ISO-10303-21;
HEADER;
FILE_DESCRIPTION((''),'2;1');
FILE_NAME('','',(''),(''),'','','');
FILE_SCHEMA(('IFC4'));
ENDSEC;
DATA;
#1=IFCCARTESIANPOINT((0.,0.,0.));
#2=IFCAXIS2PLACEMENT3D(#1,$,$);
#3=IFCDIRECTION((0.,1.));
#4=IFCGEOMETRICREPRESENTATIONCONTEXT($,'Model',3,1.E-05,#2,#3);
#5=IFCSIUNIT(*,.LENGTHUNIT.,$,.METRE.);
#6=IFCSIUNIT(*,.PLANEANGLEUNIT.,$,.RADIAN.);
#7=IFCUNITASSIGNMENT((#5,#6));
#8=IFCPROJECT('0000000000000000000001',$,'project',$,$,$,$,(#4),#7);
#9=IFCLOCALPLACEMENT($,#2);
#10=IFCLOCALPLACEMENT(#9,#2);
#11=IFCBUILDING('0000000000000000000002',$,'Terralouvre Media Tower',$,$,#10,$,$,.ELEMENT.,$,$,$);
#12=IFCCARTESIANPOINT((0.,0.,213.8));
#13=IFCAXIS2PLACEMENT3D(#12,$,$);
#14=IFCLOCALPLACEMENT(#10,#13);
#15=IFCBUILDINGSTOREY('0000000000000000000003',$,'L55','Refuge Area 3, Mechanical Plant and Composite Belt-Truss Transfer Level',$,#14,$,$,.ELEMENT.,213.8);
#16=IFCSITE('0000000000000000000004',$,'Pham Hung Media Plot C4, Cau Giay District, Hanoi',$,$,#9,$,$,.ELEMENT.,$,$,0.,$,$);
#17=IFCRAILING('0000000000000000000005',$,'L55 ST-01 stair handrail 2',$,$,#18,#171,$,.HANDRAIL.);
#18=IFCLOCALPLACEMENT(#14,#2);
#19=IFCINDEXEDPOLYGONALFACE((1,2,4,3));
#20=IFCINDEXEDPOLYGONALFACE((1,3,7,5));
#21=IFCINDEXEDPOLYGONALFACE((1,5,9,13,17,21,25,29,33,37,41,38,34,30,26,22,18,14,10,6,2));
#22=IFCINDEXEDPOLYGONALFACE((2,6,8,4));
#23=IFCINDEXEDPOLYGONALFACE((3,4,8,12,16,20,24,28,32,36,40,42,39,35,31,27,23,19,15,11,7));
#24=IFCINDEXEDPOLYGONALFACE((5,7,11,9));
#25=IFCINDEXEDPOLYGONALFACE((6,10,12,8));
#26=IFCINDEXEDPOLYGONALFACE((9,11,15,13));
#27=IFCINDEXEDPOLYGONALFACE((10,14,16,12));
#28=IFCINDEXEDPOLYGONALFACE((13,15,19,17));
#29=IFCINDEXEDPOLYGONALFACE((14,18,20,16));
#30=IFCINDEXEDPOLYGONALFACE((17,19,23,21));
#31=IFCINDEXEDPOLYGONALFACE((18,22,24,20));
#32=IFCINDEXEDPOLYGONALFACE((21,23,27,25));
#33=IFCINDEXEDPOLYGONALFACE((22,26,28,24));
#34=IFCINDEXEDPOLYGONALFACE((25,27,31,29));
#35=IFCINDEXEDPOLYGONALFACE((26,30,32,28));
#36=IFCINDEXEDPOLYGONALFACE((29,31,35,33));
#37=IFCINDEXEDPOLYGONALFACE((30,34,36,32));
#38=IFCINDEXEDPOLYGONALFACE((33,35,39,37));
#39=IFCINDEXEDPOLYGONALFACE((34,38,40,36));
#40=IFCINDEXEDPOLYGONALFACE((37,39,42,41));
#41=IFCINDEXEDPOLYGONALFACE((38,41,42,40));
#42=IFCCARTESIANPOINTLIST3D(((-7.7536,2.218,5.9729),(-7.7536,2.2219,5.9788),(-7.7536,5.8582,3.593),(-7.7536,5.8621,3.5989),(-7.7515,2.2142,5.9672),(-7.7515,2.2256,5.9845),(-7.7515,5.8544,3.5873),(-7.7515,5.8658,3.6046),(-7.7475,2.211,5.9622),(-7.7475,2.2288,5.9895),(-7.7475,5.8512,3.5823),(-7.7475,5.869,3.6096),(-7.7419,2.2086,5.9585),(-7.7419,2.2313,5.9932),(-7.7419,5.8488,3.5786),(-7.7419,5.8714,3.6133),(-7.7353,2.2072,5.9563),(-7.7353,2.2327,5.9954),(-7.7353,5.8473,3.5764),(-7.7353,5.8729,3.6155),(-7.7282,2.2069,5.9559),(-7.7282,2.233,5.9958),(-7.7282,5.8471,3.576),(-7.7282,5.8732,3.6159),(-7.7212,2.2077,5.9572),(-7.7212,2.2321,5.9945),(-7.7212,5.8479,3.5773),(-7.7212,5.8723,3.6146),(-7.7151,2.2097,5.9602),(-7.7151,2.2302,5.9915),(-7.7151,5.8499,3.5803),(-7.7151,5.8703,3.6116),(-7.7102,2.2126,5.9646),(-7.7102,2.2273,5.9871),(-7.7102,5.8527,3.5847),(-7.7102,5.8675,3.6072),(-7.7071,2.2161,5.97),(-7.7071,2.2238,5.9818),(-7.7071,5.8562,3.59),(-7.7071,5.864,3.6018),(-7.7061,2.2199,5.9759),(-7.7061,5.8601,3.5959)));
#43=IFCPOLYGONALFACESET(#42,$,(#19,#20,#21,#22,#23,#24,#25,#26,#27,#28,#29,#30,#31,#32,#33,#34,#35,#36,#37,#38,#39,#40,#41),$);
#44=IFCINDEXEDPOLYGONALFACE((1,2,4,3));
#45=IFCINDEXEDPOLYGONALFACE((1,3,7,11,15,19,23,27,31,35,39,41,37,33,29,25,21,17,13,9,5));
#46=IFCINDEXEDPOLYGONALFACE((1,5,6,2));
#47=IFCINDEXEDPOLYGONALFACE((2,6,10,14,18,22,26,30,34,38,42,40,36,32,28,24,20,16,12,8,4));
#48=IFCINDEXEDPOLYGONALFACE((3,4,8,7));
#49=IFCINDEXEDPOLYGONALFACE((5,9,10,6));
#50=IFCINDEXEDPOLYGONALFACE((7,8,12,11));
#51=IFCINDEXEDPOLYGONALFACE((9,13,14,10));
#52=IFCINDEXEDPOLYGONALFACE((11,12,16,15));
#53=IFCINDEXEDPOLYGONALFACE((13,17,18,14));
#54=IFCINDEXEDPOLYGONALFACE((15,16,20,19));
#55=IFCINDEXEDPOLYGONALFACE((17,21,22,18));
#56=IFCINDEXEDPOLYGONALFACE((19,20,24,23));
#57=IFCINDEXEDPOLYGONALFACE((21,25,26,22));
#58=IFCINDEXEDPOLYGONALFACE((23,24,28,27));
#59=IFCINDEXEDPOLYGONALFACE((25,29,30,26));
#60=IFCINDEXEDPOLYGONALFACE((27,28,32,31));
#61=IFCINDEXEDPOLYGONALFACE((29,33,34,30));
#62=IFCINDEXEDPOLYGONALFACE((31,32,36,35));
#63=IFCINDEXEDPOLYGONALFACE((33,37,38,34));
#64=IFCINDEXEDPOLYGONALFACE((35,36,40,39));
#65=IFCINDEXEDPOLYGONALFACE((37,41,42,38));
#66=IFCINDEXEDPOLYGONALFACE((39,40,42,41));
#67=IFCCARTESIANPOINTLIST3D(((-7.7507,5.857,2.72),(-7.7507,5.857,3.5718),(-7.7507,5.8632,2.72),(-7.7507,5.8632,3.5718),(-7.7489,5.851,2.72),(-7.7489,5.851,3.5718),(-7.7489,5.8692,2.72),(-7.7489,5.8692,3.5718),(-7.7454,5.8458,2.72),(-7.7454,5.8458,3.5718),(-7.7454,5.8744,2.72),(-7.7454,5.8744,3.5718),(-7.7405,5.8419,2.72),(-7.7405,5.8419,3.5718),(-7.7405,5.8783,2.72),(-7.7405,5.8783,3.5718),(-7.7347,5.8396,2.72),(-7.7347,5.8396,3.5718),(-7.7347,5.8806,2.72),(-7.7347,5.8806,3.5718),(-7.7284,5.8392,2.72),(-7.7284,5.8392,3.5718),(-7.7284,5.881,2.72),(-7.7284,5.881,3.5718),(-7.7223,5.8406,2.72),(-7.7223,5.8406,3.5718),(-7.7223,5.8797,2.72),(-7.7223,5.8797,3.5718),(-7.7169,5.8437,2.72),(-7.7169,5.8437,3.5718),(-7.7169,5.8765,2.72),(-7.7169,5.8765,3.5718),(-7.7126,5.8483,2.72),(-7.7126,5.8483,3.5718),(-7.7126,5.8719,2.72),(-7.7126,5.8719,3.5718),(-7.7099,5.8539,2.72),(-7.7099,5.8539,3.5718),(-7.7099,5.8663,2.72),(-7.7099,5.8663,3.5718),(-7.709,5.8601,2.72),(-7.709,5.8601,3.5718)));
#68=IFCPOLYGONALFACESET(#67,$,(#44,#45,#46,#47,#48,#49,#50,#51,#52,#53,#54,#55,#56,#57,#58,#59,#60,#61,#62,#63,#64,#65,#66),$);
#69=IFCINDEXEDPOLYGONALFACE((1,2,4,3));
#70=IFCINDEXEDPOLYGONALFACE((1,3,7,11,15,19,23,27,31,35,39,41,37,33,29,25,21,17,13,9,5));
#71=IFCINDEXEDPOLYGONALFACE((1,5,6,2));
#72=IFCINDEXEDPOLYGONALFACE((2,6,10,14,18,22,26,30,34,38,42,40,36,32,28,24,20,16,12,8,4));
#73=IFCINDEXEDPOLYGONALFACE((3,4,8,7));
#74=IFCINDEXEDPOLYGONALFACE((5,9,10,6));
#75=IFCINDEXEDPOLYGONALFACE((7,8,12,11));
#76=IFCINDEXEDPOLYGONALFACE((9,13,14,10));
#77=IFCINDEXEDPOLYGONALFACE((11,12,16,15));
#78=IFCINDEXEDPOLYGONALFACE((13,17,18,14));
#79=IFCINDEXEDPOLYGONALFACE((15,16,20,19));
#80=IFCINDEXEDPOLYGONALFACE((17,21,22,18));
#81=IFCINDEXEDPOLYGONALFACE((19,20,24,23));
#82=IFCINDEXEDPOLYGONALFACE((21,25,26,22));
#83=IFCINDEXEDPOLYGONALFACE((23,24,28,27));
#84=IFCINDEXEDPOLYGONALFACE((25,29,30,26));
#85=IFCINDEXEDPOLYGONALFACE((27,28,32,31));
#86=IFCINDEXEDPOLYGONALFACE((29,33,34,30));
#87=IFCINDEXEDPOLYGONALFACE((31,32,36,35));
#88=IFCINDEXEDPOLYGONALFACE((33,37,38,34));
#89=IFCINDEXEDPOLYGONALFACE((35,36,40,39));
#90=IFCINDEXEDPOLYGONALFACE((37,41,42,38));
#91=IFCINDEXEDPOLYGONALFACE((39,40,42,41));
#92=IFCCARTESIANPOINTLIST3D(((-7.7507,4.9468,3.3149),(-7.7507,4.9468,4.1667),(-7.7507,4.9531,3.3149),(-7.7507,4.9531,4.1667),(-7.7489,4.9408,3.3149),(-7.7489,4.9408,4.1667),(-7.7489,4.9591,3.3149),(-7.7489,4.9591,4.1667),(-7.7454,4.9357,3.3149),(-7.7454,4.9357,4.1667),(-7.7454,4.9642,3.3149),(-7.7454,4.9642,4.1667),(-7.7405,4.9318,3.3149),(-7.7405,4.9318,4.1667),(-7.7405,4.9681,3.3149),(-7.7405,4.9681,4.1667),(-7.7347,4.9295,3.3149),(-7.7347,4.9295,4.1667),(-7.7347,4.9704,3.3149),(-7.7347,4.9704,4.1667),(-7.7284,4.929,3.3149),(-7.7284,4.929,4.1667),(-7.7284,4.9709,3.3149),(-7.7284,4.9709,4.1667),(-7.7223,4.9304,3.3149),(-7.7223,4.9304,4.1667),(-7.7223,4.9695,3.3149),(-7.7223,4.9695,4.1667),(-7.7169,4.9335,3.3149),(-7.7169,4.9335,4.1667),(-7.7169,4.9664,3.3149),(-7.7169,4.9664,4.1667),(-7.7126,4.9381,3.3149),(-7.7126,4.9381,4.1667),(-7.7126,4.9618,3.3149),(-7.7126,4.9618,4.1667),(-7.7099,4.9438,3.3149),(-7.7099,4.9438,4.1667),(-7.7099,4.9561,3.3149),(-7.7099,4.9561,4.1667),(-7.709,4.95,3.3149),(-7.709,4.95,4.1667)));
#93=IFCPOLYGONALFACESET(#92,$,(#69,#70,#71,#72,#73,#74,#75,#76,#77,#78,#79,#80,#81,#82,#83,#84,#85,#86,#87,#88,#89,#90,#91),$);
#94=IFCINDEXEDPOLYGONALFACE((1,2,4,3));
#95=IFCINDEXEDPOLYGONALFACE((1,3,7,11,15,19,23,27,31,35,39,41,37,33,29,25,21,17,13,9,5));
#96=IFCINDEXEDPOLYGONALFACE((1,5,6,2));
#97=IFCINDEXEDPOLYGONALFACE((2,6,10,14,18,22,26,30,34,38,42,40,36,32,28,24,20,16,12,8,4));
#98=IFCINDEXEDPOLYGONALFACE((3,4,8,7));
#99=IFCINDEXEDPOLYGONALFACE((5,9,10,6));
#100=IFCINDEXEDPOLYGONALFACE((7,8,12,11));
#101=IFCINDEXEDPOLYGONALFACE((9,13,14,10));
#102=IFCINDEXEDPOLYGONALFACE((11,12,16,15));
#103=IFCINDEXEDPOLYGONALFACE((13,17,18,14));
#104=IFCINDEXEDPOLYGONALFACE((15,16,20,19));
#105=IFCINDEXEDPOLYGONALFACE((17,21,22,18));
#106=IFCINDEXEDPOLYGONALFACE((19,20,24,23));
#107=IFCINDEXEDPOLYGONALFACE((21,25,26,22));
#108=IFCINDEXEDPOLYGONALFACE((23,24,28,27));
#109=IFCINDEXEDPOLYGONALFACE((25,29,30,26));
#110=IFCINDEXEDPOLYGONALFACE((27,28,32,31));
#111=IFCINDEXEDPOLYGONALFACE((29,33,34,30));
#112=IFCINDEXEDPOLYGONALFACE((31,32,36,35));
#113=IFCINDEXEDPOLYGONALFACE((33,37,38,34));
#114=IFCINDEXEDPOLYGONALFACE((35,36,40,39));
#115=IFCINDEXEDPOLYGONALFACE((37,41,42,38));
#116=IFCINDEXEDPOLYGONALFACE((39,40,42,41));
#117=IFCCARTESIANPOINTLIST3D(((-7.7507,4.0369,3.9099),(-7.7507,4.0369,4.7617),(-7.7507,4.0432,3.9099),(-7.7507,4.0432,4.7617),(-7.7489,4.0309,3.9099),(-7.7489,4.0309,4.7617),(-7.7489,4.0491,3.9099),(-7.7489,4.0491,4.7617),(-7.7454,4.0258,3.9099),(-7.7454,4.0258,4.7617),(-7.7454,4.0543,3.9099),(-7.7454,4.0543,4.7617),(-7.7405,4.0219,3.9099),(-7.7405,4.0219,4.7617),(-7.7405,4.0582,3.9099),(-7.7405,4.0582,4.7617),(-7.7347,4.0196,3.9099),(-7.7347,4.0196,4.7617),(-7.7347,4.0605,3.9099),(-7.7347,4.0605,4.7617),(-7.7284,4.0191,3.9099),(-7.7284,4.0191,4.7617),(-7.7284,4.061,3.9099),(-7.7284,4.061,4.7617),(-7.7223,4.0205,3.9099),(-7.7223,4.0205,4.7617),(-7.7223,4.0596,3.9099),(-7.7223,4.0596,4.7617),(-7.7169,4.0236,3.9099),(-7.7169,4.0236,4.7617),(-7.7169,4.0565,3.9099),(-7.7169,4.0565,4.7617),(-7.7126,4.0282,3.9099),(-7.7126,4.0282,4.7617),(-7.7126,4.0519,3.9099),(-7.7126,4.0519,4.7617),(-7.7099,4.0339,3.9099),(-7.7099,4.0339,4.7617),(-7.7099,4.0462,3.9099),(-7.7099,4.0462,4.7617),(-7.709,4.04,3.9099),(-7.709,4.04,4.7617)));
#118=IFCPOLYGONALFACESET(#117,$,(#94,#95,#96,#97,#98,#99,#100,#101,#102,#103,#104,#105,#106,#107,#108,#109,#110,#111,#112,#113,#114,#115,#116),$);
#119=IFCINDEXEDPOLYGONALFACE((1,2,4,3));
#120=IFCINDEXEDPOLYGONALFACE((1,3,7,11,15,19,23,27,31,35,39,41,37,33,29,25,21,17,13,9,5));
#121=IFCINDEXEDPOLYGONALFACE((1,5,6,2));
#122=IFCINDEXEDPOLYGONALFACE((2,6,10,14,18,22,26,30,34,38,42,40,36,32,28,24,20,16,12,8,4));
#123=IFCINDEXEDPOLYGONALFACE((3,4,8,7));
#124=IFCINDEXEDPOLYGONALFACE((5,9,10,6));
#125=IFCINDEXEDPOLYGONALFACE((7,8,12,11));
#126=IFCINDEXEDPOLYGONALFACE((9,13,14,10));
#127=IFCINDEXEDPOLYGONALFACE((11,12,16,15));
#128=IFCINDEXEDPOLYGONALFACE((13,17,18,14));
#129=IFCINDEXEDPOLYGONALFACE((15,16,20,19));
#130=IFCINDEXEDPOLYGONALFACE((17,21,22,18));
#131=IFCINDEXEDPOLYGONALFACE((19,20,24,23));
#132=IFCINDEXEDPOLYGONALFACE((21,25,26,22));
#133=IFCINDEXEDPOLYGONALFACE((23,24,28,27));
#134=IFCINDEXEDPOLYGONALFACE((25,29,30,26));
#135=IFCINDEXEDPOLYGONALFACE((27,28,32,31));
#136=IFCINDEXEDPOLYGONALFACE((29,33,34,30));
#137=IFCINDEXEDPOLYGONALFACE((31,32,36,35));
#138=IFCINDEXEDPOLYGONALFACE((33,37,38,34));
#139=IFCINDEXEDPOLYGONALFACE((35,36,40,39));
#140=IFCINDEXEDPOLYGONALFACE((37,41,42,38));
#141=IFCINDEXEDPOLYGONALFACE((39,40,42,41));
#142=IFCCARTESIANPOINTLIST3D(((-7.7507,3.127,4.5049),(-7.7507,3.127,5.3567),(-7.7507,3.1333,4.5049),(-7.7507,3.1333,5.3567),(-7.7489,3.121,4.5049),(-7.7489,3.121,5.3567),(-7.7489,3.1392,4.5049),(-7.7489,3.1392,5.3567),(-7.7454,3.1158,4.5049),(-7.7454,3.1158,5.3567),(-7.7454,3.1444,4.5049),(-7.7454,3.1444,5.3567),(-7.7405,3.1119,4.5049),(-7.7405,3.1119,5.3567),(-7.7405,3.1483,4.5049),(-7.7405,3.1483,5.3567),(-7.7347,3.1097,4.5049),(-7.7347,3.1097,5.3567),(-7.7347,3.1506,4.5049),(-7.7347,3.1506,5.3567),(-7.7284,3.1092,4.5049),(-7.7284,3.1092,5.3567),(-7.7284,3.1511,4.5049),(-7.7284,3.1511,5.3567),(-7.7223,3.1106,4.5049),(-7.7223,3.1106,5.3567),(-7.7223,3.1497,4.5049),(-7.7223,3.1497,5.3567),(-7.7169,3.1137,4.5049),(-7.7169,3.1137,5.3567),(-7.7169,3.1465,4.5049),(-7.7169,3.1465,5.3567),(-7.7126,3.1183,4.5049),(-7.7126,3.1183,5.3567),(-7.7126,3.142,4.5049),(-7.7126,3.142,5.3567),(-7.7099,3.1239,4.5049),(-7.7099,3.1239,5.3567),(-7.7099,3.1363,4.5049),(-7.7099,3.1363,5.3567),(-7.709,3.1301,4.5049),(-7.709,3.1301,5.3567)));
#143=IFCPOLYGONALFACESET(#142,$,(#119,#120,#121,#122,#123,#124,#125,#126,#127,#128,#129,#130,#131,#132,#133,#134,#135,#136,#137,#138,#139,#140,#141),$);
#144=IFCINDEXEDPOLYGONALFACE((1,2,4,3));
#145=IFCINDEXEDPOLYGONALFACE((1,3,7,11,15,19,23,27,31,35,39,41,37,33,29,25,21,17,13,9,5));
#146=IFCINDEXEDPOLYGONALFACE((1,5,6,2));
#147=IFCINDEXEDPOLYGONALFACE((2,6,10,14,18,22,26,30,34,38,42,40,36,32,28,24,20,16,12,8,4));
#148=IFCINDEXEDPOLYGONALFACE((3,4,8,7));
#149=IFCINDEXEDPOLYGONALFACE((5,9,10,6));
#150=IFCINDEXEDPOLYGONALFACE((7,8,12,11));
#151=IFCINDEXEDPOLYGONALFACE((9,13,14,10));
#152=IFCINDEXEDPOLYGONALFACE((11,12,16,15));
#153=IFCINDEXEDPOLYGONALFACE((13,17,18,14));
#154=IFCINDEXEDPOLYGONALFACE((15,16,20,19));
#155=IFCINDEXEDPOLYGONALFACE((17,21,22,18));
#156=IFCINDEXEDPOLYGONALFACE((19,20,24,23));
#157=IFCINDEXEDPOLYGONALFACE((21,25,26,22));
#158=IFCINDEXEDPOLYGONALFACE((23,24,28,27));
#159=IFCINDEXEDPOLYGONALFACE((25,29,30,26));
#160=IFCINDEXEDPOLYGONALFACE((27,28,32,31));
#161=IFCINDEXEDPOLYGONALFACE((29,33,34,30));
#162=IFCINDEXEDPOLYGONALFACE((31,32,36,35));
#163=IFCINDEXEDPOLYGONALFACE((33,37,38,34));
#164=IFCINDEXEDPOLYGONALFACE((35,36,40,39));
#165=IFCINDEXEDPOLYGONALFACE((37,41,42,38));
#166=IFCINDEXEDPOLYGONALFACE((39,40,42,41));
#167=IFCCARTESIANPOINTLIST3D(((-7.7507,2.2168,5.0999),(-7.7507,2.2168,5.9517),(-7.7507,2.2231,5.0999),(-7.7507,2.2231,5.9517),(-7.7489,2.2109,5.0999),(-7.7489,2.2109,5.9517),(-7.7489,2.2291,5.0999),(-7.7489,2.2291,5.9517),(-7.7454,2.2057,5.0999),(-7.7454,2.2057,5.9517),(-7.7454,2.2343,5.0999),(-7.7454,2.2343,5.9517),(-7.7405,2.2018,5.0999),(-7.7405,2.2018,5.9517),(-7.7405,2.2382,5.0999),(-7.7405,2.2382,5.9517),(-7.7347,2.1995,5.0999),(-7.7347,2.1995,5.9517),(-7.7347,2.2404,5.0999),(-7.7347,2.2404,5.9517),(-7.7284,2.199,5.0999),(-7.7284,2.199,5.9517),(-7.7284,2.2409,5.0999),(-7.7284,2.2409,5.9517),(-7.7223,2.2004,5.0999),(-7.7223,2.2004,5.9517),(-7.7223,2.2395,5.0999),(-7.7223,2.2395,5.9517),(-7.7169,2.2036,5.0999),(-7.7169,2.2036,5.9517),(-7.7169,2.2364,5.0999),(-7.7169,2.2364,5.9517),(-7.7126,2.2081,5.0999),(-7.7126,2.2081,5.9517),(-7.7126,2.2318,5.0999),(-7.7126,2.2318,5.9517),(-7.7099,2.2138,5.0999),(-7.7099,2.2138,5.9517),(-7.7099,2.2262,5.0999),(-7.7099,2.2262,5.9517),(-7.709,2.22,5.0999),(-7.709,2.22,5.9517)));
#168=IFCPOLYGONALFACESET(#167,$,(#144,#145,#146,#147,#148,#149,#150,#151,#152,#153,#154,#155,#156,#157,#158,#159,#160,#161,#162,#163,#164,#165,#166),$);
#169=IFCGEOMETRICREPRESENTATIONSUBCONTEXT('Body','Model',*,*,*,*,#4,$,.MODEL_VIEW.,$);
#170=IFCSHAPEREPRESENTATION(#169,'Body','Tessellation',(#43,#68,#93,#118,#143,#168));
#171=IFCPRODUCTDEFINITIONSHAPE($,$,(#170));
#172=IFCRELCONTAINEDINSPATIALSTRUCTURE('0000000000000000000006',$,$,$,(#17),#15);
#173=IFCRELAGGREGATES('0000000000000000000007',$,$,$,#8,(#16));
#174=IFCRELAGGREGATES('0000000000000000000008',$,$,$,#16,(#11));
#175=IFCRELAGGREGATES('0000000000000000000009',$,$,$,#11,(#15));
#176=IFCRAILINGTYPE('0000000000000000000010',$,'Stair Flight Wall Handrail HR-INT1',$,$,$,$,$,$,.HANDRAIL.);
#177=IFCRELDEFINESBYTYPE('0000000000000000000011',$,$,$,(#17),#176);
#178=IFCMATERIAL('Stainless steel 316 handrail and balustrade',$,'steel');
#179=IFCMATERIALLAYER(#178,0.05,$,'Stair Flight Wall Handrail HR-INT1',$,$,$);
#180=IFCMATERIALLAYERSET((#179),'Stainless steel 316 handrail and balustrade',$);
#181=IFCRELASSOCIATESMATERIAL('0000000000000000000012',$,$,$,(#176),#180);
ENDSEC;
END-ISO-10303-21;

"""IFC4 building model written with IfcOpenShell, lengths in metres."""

from ifc_helpers import new_model, si_unit, direction, frame, origin, origin_2d, place, context, subcontext, project, spatial, circle, extrude, material, layer, layer_set, type_object, element, save


model = new_model("IFC4")

# Units and contexts
model_context = context("Model", 3, precision=1e-05, world=origin(), true_north=direction((0.0, 1.0)))
body_context = subcontext(model_context, "Body", "Model", "MODEL_VIEW")
ifc_project = project(units=[si_unit("LENGTHUNIT", "METRE"), si_unit("PLANEANGLEUNIT", "RADIAN")], contexts=[model_context])

# Site, building, storey
site_placement = place(None, origin())
site = spatial("IfcSite", under=ifc_project, at=site_placement, Name="Pham Hung Media Plot C4, Cau Giay District, Hanoi", CompositionType="ELEMENT", RefElevation=0.0)
building_placement = place(site_placement, origin())
building = spatial("IfcBuilding", under=site, at=building_placement, Name="Terralouvre Media Tower", CompositionType="ELEMENT")
storey_placement = place(building_placement, frame((0.0, 0.0, 213.8)))
storey = spatial("IfcBuildingStorey", under=building, at=storey_placement, Name="L55", Description="Refuge Area 3, Mechanical Plant and Composite Belt-Truss Transfer Level", CompositionType="ELEMENT", Elevation=213.8)

# Railing
ifc_material_1 = material(Name="Stainless steel 316 handrail and balustrade", Category="steel")
ifc_layer_1 = layer(ifc_material_1, 0.05, Name="Stair Flight Wall Handrail HR-INT1")
ifc_layer_set_1 = layer_set([ifc_layer_1], Name="Stainless steel 316 handrail and balustrade")
railing_type_1 = type_object("IfcRailingType", Name="Stair Flight Wall Handrail HR-INT1", PredefinedType="HANDRAIL", material=ifc_layer_set_1)
railing_1_placement = place(storey_placement, frame((-7.73, 5.8601, 2.72)))
element("IfcRailing", 1, at=railing_1_placement, inside=storey, type_object=railing_type_1, Name="L55 ST-01 stair handrail 2", PredefinedType="HANDRAIL", context=body_context, shape_type="SweptSolid", body=[
    extrude(circle(Radius=0.0239, at=origin_2d()), frame((0.0, 0.0, 0.876), z_axis=(0.0, -0.836991, 0.547216), x_axis=(1.0, 0.0, 0.0)), (0.0, 0.0, 1.0), 4.3491),
    extrude(circle(Radius=0.021, at=origin_2d()), origin(), (0.0, 0.0, 1.0), 0.8518),
    extrude(circle(Radius=0.021, at=origin_2d()), frame((0.0, -0.9102, 0.595)), (0.0, 0.0, 1.0), 0.8518),
    extrude(circle(Radius=0.021, at=origin_2d()), frame((0.0, -1.8201, 1.1899)), (0.0, 0.0, 1.0), 0.8518),
    extrude(circle(Radius=0.021, at=origin_2d()), frame((0.0, -2.73, 1.7849)), (0.0, 0.0, 1.0), 0.8518),
    extrude(circle(Radius=0.021, at=origin_2d()), frame((0.0, -3.6401, 2.3799)), (0.0, 0.0, 1.0), 0.8518),
])

save(model, "model.ifc")
